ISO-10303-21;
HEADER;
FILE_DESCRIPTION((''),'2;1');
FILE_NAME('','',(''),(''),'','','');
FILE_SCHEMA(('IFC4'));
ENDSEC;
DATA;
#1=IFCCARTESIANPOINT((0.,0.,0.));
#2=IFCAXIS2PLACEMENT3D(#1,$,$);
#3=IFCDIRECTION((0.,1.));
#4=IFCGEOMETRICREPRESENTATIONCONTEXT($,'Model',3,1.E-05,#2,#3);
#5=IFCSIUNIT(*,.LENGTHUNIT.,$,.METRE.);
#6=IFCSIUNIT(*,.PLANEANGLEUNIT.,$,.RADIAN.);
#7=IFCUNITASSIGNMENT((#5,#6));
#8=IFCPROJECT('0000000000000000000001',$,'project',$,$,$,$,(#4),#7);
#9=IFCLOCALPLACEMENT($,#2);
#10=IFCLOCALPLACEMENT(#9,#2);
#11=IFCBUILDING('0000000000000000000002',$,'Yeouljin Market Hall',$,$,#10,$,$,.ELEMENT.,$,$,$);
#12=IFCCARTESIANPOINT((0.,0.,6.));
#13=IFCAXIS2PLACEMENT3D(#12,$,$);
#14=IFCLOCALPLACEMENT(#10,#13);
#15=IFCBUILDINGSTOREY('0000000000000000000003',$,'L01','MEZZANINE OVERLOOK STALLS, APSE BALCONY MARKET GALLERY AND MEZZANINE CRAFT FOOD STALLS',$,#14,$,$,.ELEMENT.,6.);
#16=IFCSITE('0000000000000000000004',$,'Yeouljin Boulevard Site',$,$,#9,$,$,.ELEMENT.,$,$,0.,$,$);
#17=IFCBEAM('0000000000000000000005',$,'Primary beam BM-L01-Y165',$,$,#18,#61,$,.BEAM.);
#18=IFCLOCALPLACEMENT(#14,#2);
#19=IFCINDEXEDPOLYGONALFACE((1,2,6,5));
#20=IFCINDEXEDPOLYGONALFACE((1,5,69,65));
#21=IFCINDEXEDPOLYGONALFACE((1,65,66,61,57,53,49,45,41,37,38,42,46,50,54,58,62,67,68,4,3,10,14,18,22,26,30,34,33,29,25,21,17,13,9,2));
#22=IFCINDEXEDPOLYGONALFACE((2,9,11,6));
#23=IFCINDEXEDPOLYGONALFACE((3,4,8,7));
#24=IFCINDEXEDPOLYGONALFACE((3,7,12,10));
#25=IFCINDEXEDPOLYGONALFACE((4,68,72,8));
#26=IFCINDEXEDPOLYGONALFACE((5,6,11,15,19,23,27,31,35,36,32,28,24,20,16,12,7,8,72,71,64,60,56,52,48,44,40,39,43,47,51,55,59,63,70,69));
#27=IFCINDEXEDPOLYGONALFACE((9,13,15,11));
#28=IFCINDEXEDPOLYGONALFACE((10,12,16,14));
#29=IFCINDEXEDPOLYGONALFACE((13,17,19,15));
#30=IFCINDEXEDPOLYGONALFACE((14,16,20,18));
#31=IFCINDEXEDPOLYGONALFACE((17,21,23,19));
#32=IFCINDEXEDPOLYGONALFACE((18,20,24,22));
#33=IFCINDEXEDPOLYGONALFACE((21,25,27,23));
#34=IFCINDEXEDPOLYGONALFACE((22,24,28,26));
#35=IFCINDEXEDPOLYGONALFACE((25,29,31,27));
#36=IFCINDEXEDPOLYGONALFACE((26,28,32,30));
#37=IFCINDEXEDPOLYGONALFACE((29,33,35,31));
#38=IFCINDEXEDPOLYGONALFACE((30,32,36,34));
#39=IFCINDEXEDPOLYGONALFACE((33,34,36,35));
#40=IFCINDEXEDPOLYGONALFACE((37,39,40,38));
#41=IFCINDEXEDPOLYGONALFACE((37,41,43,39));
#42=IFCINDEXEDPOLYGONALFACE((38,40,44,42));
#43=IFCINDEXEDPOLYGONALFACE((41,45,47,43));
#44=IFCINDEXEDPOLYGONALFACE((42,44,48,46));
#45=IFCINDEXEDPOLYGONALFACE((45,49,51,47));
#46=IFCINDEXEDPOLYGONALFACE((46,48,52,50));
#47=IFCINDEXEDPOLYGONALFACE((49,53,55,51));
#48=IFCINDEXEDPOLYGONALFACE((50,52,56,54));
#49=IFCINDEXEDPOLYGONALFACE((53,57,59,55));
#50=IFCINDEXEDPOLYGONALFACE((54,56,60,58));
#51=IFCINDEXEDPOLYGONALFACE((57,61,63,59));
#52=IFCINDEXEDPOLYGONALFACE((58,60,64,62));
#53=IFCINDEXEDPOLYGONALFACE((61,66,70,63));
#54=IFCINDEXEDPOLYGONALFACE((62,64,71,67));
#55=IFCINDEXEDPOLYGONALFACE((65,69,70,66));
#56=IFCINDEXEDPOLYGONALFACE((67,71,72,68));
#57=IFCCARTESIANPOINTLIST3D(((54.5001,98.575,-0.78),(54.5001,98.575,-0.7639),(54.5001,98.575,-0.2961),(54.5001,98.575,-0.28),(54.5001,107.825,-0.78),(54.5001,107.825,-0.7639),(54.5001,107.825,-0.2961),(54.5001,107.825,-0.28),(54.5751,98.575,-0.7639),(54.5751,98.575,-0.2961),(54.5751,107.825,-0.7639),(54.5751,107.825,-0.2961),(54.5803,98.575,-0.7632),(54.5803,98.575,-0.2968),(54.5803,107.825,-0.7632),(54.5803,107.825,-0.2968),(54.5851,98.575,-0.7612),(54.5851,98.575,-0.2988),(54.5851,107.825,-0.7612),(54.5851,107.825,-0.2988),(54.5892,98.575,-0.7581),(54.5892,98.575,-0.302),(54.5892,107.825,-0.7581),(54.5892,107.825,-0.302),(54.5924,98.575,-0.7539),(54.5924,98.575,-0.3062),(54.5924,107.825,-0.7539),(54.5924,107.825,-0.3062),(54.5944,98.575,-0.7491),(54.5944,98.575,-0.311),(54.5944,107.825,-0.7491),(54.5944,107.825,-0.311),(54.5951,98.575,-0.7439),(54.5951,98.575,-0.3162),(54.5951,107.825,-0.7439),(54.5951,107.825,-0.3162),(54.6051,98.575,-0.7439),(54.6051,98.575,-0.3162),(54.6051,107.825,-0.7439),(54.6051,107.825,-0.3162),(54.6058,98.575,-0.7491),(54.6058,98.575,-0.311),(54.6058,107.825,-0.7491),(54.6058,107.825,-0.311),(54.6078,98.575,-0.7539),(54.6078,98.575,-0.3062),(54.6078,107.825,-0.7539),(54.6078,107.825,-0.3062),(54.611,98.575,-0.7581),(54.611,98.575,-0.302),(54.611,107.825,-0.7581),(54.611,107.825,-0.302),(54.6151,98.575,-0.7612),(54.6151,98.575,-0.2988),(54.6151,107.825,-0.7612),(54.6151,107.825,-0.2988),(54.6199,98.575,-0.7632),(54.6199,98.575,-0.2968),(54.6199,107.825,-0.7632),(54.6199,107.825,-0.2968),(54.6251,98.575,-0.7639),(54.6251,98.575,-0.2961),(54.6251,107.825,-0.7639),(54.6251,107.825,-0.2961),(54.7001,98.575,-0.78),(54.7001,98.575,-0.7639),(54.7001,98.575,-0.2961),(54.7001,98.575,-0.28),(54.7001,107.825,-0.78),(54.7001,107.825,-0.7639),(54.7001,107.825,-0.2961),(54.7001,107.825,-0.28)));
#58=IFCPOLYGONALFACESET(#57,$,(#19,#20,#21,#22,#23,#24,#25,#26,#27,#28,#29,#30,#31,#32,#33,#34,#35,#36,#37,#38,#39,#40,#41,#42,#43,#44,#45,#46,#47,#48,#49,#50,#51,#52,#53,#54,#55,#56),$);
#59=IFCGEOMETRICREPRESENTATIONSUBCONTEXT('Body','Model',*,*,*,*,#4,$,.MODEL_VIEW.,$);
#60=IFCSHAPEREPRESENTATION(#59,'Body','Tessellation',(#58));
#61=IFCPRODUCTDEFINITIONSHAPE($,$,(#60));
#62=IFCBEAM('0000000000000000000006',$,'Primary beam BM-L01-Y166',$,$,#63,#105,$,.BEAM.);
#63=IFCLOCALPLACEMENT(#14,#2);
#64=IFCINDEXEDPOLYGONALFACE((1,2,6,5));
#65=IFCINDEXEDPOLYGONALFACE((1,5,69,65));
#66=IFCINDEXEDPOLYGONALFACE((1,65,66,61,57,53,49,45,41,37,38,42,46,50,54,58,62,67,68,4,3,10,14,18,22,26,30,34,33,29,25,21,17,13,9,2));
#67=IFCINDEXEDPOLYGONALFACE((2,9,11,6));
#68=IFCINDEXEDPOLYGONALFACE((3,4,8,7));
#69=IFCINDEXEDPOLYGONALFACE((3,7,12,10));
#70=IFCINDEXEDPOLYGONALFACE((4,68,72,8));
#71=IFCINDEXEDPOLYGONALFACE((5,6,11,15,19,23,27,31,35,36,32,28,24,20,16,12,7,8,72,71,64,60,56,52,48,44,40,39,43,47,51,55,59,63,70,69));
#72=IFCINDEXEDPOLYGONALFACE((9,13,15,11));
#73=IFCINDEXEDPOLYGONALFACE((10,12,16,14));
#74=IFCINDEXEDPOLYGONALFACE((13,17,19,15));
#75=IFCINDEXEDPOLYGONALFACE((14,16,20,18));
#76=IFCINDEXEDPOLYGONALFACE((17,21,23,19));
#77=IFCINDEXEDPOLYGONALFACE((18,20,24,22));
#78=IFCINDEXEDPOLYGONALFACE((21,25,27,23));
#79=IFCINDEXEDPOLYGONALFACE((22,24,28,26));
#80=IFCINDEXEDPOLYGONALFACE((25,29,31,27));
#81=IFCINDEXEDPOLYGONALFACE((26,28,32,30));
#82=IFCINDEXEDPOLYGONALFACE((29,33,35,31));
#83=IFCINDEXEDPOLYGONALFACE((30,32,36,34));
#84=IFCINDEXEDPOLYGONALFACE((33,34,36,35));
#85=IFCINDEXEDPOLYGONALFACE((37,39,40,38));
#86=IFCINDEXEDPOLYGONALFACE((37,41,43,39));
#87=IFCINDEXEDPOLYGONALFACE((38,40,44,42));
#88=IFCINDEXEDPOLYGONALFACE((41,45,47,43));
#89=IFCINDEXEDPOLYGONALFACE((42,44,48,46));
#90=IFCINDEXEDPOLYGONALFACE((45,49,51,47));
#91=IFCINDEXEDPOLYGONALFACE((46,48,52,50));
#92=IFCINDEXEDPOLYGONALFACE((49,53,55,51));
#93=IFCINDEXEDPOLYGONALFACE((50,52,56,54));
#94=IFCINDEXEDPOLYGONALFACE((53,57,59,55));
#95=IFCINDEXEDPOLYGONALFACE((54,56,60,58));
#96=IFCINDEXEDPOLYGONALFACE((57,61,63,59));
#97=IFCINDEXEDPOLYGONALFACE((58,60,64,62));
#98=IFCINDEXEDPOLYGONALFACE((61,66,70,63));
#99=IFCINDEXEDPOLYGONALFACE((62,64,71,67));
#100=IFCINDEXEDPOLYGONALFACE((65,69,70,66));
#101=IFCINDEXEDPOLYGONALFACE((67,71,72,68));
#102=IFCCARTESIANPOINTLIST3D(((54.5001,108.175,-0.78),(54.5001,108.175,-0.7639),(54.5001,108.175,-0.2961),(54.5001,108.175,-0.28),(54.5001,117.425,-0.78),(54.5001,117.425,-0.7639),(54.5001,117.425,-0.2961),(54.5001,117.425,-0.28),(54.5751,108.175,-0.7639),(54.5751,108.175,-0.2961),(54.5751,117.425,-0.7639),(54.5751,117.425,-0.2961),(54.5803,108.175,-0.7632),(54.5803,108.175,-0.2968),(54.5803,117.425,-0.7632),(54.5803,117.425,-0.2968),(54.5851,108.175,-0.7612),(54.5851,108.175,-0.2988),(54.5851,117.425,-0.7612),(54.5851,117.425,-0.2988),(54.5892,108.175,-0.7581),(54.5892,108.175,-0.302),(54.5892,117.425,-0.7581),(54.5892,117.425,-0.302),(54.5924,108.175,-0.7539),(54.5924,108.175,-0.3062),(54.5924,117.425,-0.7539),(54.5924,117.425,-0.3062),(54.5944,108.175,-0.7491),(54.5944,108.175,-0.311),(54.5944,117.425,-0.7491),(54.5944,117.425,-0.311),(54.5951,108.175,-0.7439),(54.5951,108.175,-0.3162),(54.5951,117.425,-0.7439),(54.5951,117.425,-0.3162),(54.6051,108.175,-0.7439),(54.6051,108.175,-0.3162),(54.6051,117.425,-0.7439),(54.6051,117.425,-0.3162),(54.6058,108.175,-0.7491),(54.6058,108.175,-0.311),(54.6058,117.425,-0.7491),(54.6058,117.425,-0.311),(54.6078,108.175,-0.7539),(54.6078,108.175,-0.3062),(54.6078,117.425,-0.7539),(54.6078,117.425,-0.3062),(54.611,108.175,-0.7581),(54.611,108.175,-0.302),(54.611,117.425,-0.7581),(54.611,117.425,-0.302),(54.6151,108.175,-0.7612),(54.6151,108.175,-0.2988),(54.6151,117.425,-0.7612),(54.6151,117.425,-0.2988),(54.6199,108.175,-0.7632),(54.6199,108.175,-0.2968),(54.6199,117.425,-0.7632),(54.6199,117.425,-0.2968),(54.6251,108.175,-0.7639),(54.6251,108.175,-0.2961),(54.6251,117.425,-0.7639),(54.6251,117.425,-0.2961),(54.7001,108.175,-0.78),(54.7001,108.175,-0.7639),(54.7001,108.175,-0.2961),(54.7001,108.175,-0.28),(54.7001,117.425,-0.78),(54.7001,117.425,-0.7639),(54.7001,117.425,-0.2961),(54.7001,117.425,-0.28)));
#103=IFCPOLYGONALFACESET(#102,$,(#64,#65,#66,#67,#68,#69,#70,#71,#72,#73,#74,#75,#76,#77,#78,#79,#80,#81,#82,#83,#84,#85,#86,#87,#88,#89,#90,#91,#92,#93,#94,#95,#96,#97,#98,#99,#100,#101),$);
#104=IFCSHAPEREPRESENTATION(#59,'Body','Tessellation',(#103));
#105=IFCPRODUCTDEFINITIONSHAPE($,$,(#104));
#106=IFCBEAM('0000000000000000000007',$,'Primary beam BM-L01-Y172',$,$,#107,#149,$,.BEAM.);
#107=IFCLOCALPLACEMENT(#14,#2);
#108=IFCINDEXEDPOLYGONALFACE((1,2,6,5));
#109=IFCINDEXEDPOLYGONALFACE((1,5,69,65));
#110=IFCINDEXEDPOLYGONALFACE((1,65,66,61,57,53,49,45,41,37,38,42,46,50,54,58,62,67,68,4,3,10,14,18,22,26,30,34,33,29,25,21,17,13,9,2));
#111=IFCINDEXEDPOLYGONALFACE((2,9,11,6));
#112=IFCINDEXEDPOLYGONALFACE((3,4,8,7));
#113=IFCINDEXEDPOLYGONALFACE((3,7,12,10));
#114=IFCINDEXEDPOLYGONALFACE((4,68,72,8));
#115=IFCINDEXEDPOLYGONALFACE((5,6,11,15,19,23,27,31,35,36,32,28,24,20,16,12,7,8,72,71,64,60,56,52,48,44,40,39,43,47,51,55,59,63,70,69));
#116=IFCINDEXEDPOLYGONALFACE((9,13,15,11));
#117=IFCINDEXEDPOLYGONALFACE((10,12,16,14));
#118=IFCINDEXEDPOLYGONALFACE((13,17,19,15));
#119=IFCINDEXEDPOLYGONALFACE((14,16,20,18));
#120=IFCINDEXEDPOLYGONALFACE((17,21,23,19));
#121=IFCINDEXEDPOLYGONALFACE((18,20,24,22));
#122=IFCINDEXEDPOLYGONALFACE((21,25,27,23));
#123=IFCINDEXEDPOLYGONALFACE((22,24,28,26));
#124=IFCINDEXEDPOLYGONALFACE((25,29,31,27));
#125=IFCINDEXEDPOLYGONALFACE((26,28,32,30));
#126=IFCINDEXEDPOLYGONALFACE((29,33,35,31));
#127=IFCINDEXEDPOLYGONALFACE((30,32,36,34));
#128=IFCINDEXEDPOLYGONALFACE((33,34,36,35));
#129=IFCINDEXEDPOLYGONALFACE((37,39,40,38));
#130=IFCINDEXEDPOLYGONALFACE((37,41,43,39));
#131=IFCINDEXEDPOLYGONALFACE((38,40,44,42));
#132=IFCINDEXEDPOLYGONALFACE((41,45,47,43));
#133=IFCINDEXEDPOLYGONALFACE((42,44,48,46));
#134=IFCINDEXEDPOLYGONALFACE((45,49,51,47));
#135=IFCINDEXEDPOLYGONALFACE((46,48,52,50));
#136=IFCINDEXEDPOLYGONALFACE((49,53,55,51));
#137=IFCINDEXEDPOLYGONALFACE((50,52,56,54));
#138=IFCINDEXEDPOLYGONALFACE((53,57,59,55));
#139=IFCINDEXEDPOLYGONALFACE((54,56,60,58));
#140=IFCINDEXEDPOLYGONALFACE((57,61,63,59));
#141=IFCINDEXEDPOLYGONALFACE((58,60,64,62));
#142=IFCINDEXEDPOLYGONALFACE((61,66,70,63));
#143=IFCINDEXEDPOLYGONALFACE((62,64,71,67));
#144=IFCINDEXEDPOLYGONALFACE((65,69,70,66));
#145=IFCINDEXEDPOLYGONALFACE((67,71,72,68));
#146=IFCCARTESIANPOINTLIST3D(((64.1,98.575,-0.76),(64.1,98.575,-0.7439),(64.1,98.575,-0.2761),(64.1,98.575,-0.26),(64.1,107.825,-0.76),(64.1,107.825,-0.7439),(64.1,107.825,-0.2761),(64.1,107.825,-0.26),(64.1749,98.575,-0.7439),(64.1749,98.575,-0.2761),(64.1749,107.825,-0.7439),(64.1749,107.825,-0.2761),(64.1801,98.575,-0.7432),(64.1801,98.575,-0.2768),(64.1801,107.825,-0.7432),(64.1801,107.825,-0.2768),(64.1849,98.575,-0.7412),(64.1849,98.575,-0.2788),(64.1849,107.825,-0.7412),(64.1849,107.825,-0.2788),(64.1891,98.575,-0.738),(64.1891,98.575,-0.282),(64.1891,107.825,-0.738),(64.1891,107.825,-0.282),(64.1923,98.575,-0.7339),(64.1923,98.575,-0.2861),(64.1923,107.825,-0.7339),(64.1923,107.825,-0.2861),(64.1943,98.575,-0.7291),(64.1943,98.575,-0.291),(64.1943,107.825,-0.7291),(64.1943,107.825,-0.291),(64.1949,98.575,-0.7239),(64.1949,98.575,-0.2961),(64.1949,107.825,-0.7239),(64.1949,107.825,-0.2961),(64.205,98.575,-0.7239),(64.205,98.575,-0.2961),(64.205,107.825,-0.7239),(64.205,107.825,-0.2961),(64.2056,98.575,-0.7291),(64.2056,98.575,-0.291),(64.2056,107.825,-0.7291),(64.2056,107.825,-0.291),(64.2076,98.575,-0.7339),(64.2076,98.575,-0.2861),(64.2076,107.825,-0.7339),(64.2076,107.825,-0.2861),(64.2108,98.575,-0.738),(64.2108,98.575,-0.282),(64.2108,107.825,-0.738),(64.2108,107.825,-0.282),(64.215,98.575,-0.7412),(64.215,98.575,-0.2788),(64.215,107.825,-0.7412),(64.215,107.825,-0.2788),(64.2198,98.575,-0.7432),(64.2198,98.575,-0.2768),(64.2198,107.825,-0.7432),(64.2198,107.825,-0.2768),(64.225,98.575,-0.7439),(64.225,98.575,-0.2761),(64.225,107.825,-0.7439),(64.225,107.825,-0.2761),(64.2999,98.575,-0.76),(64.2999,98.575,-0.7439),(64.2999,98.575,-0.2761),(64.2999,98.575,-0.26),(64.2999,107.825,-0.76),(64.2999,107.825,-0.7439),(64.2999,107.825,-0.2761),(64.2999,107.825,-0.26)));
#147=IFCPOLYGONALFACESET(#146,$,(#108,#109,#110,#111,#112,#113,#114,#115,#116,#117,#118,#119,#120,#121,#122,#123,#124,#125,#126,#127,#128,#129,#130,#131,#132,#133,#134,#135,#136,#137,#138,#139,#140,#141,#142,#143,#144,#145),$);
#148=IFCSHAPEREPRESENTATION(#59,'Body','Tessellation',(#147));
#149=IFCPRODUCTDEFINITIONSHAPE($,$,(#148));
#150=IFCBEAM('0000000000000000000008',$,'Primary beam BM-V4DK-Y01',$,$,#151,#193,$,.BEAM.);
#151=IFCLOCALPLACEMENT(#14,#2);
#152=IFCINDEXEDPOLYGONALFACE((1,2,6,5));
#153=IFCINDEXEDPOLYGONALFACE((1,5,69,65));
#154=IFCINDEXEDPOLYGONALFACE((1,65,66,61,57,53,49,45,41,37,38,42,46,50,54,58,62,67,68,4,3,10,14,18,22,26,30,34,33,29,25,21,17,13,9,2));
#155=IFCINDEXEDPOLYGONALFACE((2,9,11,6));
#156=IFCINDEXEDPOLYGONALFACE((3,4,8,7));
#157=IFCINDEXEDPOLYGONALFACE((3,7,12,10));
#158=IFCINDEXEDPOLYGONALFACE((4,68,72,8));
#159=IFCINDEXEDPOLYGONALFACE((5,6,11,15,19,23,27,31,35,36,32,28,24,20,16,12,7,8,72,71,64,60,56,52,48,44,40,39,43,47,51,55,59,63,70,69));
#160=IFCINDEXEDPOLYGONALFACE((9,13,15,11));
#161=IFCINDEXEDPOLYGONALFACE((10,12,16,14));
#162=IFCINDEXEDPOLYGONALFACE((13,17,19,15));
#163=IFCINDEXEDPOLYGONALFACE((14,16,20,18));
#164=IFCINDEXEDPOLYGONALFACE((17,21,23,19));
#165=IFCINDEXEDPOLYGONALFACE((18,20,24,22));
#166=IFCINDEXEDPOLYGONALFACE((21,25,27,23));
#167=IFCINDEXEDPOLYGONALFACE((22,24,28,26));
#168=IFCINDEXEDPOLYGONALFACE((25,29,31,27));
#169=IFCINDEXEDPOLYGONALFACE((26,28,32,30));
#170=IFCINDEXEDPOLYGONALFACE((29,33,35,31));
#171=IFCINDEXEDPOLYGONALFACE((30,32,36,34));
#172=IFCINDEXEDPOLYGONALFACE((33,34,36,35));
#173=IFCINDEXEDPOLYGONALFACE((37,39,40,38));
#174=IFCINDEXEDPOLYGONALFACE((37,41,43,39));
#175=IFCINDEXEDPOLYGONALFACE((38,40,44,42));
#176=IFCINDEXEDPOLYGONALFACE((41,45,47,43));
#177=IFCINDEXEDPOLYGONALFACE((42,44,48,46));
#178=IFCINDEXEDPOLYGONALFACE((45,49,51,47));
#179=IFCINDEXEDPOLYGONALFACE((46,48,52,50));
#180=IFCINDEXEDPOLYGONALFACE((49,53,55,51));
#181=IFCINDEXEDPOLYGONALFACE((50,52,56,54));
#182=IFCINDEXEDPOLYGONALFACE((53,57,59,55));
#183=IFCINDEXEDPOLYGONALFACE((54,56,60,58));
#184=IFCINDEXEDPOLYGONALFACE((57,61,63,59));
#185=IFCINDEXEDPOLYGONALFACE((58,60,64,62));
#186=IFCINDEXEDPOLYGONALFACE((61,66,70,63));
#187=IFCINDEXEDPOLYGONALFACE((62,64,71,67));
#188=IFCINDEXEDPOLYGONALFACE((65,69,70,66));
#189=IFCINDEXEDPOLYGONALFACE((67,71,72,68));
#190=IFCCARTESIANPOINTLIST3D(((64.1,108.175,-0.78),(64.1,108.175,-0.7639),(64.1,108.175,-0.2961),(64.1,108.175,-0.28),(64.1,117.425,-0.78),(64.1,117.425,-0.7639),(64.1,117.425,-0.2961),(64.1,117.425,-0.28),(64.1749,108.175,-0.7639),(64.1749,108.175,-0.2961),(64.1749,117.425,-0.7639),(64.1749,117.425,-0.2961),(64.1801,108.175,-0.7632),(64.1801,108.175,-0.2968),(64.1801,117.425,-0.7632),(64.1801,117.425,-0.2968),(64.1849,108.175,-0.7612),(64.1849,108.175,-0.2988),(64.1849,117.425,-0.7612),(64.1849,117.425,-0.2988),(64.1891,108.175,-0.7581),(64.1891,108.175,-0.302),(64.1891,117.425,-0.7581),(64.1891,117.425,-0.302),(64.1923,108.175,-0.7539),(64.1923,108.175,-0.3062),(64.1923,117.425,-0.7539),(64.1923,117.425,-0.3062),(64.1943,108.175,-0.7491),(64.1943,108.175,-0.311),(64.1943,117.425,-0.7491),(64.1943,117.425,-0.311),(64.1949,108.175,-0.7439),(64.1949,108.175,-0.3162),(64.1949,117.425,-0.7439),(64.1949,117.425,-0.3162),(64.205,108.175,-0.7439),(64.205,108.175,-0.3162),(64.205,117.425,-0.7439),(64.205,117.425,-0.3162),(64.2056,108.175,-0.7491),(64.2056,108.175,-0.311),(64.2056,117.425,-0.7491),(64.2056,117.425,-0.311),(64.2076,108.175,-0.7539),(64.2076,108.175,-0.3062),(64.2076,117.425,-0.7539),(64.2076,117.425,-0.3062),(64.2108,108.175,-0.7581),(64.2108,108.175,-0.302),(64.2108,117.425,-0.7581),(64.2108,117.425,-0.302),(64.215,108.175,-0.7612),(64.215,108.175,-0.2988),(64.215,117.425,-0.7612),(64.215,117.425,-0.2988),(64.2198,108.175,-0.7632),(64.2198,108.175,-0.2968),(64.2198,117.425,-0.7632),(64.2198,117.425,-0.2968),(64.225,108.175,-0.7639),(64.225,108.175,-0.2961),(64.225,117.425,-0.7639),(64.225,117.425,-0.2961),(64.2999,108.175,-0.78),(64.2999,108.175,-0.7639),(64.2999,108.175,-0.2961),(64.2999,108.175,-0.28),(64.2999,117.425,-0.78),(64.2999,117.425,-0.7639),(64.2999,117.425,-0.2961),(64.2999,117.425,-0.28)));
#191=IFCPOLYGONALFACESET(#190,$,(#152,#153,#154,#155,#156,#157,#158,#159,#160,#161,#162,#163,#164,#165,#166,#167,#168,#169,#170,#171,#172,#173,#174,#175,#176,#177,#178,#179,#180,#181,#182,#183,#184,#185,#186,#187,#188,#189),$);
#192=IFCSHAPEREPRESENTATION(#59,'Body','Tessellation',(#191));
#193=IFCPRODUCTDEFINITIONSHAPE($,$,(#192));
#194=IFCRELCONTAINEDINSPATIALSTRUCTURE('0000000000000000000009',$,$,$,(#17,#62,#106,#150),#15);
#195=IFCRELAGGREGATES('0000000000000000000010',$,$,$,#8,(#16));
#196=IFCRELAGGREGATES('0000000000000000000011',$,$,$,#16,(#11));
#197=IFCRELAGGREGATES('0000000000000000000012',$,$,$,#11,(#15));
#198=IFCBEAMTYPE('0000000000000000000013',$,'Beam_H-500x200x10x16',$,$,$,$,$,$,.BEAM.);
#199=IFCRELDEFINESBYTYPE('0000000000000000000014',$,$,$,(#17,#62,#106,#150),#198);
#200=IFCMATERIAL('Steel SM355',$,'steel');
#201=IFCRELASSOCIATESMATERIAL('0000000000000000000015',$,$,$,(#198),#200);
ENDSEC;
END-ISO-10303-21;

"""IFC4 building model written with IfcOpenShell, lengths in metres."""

from ifc_helpers import new_model, si_unit, direction, frame, origin, origin_2d, place, context, subcontext, project, spatial, i_section, extrude, material, material_profile, profile_set, type_object, element, save


model = new_model("IFC4")

# Units and contexts
model_context = context("Model", 3, precision=1e-05, world=origin(), true_north=direction((0.0, 1.0)))
body_context = subcontext(model_context, "Body", "Model", "MODEL_VIEW")
ifc_project = project(units=[si_unit("LENGTHUNIT", "METRE"), si_unit("PLANEANGLEUNIT", "RADIAN")], contexts=[model_context])

# Site, building, storey
site_placement = place(None, origin())
site = spatial("IfcSite", under=ifc_project, at=site_placement, Name="Yeouljin Boulevard Site", CompositionType="ELEMENT", RefElevation=0.0)
building_placement = place(site_placement, origin())
building = spatial("IfcBuilding", under=site, at=building_placement, Name="Yeouljin Market Hall", CompositionType="ELEMENT")
storey_placement = place(building_placement, frame((0.0, 0.0, 6.0)))
storey = spatial("IfcBuildingStorey", under=building, at=storey_placement, Name="L01", Description="MEZZANINE OVERLOOK STALLS, APSE BALCONY MARKET GALLERY AND MEZZANINE CRAFT FOOD STALLS", CompositionType="ELEMENT", Elevation=6.0)

# Beams
ifc_material_1 = material(Name="Steel SM355", Category="steel")
ifc_material_profile_1 = material_profile(ifc_material_1, i_section(OverallWidth=0.2, OverallDepth=0.5, WebThickness=0.01, FlangeThickness=0.0161, FilletRadius=0.02, at=origin_2d()), Name="H-500x200x10x16")
ifc_profile_set_1 = profile_set([ifc_material_profile_1], Name="Steel SM355")
beam_type_1 = type_object("IfcBeamType", Name="Beam_H-500x200x10x16", PredefinedType="BEAM", material=ifc_profile_set_1)
for number, where, z_axis, x_axis, name in (
    (1, (54.6001, 98.575, -0.53), (0.0, 1.0, 0.0), (-1.0, 0.0, 0.0), "Primary beam BM-L01-Y165"),
    (2, (54.6001, 108.175, -0.53), (0.0, 1.0, 0.0), (-1.0, 0.0, 0.0), "Primary beam BM-L01-Y166"),
    (3, (64.2, 98.575, -0.51), (0.0, 1.0, 0.0), (-1.0, 0.0, 0.0), "Primary beam BM-L01-Y172"),
    (4, (64.2, 108.175, -0.53), (0.0, 1.0, 0.0), (-1.0, 0.0, 0.0), "Primary beam BM-V4DK-Y01"),
):
    element("IfcBeam", number, at=place(storey_placement, frame(where, z_axis=z_axis, x_axis=x_axis)), inside=storey, type_object=beam_type_1, Name=name, PredefinedType="BEAM", context=body_context, shape_type="SweptSolid", body=[
        extrude(i_section(OverallWidth=0.2, OverallDepth=0.5, WebThickness=0.01, FlangeThickness=0.0161, FilletRadius=0.02, at=origin_2d()), origin(), (0.0, 0.0, 1.0), 9.25),
    ])

save(model, "model.ifc")
